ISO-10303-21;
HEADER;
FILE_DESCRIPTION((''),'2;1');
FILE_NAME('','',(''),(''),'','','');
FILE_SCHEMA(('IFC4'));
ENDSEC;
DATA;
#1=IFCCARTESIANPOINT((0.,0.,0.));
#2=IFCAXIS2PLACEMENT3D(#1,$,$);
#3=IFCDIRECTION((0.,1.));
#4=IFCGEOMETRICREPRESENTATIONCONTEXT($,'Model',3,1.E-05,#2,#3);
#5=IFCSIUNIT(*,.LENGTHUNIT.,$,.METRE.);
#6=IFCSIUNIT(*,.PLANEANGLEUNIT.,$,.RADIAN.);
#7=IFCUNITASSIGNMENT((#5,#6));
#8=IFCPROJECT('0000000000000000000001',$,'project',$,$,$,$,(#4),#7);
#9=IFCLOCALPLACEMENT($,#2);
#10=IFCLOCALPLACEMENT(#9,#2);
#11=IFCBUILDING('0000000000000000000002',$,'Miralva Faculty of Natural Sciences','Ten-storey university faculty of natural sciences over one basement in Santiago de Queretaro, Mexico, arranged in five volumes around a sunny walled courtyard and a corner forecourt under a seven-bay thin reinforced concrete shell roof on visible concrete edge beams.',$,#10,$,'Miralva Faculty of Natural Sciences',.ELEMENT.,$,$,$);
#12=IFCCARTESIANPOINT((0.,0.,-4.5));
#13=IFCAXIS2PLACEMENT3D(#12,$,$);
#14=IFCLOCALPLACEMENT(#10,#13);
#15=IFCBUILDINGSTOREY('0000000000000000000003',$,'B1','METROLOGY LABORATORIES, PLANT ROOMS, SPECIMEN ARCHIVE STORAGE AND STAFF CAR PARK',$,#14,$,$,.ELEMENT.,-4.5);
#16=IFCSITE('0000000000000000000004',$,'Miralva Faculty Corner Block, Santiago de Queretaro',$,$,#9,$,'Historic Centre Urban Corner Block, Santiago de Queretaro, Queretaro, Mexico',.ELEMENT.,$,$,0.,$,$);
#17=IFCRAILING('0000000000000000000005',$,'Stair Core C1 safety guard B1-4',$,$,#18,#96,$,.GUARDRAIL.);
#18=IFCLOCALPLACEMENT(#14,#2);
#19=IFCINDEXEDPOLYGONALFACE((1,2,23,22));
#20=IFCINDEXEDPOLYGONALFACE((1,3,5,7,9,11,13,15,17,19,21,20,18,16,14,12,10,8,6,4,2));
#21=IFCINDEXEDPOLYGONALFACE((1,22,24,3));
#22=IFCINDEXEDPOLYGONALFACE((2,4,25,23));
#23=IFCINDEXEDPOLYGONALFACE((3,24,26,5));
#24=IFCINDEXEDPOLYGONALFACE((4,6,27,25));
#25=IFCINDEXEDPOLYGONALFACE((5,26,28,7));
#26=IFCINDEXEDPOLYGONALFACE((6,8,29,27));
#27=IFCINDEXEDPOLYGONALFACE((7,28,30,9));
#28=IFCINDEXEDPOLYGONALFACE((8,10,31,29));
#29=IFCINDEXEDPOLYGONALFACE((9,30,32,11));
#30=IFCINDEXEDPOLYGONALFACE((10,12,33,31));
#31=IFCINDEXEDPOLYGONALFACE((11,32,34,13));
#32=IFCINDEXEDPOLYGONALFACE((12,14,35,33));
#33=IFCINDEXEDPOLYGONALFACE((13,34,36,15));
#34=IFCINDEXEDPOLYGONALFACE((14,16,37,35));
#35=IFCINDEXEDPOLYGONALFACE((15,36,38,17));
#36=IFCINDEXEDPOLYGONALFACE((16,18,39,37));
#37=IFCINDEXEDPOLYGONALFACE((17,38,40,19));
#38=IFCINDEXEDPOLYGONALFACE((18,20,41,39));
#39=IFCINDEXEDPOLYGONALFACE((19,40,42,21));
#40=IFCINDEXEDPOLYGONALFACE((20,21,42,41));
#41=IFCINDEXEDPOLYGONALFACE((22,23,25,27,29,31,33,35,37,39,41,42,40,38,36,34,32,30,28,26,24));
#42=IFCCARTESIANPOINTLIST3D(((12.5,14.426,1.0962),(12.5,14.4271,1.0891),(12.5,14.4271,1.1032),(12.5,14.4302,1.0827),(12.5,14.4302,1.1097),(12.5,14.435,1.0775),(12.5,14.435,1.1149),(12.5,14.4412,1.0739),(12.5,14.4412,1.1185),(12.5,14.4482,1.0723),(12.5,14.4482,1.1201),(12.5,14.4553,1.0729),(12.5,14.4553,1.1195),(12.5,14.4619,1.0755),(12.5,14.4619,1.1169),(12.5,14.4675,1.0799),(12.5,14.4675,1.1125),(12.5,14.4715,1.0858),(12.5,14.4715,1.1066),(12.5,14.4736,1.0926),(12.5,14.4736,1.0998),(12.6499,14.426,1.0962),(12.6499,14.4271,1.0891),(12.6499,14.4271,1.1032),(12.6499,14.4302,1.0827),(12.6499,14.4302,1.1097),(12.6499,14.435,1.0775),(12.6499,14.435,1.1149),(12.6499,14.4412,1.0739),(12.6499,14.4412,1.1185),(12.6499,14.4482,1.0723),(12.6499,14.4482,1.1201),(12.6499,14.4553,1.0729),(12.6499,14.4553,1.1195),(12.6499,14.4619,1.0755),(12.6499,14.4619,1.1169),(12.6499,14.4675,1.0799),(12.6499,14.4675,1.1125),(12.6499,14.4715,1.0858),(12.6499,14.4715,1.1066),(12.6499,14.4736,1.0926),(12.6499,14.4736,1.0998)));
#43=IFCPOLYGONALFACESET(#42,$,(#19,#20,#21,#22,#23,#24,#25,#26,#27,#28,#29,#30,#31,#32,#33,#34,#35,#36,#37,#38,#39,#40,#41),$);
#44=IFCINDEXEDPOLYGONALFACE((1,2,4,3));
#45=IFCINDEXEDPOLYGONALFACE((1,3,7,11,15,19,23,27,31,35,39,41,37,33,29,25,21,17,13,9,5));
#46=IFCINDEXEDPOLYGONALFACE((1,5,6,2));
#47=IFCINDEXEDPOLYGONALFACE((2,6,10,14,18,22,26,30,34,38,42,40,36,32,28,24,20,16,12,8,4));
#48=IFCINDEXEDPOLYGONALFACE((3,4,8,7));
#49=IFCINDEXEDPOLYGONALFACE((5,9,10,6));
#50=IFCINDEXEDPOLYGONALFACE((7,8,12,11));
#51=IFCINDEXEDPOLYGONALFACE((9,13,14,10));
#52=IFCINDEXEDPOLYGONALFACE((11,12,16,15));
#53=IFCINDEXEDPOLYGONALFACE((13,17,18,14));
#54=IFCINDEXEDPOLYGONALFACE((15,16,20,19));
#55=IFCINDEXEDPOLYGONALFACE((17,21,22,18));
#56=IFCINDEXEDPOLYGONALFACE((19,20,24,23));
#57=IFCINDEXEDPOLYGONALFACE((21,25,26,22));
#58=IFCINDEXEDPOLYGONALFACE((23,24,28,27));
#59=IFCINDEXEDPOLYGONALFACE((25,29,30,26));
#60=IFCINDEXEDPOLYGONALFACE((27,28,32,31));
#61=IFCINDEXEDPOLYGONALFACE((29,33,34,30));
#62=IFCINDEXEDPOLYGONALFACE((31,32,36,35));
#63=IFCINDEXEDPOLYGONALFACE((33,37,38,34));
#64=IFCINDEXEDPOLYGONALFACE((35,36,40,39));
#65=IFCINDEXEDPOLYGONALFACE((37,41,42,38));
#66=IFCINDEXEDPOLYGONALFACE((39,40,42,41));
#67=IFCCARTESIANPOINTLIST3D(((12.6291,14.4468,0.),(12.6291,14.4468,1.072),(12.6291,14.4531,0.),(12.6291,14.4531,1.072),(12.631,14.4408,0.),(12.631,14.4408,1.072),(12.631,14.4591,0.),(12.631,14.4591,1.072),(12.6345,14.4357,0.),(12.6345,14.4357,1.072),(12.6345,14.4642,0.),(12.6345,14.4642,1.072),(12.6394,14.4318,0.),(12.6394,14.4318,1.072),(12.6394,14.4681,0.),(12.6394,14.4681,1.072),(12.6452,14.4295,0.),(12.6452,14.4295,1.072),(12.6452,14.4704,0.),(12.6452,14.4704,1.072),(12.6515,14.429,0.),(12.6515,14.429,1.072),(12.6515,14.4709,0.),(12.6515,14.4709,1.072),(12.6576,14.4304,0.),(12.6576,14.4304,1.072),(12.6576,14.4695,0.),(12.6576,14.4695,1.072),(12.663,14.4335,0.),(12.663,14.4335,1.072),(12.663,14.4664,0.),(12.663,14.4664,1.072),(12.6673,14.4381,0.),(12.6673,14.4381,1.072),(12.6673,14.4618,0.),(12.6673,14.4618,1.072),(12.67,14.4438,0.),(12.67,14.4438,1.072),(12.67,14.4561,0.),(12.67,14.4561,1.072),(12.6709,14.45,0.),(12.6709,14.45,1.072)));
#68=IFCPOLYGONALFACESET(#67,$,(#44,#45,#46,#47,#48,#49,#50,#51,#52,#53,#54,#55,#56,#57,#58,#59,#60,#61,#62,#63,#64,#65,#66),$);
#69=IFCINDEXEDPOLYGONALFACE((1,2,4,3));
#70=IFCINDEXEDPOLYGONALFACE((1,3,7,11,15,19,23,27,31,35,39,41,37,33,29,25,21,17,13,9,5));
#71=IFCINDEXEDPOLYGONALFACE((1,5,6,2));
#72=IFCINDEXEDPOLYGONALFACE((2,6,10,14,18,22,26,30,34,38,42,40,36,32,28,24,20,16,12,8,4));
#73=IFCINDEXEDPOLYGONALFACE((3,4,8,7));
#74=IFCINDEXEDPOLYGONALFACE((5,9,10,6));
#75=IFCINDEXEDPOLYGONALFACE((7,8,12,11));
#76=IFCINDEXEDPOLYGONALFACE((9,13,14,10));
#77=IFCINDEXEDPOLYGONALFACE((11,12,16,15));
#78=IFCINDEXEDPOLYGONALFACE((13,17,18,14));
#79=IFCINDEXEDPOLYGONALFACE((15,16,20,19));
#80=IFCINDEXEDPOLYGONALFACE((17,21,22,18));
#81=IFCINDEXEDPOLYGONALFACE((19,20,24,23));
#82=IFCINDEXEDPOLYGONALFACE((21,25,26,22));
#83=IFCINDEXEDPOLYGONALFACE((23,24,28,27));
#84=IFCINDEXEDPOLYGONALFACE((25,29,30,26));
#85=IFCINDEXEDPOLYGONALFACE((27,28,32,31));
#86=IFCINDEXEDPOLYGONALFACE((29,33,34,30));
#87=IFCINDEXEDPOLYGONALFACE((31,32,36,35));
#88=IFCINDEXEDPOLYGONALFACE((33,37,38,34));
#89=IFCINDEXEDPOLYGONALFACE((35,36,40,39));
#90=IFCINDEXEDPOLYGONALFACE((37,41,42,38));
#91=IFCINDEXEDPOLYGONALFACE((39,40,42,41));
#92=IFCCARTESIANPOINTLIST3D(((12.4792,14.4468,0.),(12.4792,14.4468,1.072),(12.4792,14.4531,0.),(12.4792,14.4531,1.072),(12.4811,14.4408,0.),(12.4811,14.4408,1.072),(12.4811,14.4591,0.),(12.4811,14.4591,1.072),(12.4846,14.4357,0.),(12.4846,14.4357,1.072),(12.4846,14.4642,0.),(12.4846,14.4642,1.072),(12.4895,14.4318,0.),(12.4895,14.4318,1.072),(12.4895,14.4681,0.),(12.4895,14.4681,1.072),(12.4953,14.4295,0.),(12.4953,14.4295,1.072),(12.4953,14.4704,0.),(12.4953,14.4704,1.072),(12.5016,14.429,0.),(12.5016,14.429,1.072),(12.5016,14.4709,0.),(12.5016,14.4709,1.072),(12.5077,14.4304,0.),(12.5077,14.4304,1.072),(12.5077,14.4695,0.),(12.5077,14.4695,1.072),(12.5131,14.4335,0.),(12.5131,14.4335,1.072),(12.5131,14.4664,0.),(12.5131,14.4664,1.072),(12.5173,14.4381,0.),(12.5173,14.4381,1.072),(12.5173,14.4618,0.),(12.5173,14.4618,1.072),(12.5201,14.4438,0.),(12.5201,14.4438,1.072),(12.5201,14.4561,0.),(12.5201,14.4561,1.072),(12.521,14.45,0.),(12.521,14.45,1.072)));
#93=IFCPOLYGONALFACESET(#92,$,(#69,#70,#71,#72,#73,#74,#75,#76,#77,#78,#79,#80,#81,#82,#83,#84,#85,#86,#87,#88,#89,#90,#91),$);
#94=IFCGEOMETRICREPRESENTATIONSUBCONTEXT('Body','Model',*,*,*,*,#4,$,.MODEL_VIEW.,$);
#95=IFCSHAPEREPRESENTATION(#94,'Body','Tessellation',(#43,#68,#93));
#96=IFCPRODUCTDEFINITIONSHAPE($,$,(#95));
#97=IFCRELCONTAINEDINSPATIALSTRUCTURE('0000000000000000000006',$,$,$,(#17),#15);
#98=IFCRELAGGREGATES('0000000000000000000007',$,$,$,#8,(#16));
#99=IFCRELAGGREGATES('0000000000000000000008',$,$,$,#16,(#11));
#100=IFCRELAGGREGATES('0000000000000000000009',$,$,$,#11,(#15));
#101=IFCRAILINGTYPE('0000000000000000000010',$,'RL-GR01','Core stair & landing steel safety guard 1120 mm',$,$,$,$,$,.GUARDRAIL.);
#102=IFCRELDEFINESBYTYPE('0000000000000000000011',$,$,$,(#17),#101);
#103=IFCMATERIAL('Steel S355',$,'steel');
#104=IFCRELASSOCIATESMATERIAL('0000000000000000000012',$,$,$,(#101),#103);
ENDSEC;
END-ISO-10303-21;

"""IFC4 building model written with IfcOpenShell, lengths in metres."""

from ifc_helpers import new_model, si_unit, direction, frame, origin, origin_2d, place, context, subcontext, project, spatial, circle, extrude, material, type_object, element, save


model = new_model("IFC4")

# Units and contexts
model_context = context("Model", 3, precision=1e-05, world=origin(), true_north=direction((0.0, 1.0)))
body_context = subcontext(model_context, "Body", "Model", "MODEL_VIEW")
ifc_project = project(units=[si_unit("LENGTHUNIT", "METRE"), si_unit("PLANEANGLEUNIT", "RADIAN")], contexts=[model_context])

# Site, building, storey
site_placement = place(None, origin())
site = spatial("IfcSite", under=ifc_project, at=site_placement, Name="Miralva Faculty Corner Block, Santiago de Queretaro", LongName="Historic Centre Urban Corner Block, Santiago de Queretaro, Queretaro, Mexico", CompositionType="ELEMENT", RefElevation=0.0)
building_placement = place(site_placement, origin())
building = spatial("IfcBuilding", under=site, at=building_placement, Name="Miralva Faculty of Natural Sciences", Description="Ten-storey university faculty of natural sciences over one basement in Santiago de Queretaro, Mexico, arranged in five volumes around a sunny walled courtyard and a corner forecourt under a seven-bay thin reinforced concrete shell roof on visible concrete edge beams.", LongName="Miralva Faculty of Natural Sciences", CompositionType="ELEMENT")
storey_placement = place(building_placement, frame((0.0, 0.0, -4.5)))
storey = spatial("IfcBuildingStorey", under=building, at=storey_placement, Name="B1", Description="METROLOGY LABORATORIES, PLANT ROOMS, SPECIMEN ARCHIVE STORAGE AND STAFF CAR PARK", CompositionType="ELEMENT", Elevation=-4.5)

# Railing
ifc_material_1 = material(Name="Steel S355", Category="steel")
railing_type_1 = type_object("IfcRailingType", Name="RL-GR01", Description="Core stair & landing steel safety guard 1120 mm", PredefinedType="GUARDRAIL", material=ifc_material_1)
railing_1_placement = place(storey_placement, frame((12.6499, 14.45, 0.0)))
element("IfcRailing", 1, at=railing_1_placement, inside=storey, type_object=railing_type_1, Name="Stair Core C1 safety guard B1-4", PredefinedType="GUARDRAIL", context=body_context, shape_type="SweptSolid", body=[
    extrude(circle(Radius=0.0239, at=origin_2d()), frame((0.0, 0.0, 1.0962), z_axis=(-1.0, 0.0, 0.0), x_axis=(0.0, -1.0, 0.0)), (0.0, 0.0, 1.0), 0.1499),
    extrude(circle(Radius=0.021, at=origin_2d()), origin(), (0.0, 0.0, 1.0), 1.072),
    extrude(circle(Radius=0.021, at=origin_2d()), frame((-0.1499, 0.0, 0.0)), (0.0, 0.0, 1.0), 1.072),
])

save(model, "model.ifc")
